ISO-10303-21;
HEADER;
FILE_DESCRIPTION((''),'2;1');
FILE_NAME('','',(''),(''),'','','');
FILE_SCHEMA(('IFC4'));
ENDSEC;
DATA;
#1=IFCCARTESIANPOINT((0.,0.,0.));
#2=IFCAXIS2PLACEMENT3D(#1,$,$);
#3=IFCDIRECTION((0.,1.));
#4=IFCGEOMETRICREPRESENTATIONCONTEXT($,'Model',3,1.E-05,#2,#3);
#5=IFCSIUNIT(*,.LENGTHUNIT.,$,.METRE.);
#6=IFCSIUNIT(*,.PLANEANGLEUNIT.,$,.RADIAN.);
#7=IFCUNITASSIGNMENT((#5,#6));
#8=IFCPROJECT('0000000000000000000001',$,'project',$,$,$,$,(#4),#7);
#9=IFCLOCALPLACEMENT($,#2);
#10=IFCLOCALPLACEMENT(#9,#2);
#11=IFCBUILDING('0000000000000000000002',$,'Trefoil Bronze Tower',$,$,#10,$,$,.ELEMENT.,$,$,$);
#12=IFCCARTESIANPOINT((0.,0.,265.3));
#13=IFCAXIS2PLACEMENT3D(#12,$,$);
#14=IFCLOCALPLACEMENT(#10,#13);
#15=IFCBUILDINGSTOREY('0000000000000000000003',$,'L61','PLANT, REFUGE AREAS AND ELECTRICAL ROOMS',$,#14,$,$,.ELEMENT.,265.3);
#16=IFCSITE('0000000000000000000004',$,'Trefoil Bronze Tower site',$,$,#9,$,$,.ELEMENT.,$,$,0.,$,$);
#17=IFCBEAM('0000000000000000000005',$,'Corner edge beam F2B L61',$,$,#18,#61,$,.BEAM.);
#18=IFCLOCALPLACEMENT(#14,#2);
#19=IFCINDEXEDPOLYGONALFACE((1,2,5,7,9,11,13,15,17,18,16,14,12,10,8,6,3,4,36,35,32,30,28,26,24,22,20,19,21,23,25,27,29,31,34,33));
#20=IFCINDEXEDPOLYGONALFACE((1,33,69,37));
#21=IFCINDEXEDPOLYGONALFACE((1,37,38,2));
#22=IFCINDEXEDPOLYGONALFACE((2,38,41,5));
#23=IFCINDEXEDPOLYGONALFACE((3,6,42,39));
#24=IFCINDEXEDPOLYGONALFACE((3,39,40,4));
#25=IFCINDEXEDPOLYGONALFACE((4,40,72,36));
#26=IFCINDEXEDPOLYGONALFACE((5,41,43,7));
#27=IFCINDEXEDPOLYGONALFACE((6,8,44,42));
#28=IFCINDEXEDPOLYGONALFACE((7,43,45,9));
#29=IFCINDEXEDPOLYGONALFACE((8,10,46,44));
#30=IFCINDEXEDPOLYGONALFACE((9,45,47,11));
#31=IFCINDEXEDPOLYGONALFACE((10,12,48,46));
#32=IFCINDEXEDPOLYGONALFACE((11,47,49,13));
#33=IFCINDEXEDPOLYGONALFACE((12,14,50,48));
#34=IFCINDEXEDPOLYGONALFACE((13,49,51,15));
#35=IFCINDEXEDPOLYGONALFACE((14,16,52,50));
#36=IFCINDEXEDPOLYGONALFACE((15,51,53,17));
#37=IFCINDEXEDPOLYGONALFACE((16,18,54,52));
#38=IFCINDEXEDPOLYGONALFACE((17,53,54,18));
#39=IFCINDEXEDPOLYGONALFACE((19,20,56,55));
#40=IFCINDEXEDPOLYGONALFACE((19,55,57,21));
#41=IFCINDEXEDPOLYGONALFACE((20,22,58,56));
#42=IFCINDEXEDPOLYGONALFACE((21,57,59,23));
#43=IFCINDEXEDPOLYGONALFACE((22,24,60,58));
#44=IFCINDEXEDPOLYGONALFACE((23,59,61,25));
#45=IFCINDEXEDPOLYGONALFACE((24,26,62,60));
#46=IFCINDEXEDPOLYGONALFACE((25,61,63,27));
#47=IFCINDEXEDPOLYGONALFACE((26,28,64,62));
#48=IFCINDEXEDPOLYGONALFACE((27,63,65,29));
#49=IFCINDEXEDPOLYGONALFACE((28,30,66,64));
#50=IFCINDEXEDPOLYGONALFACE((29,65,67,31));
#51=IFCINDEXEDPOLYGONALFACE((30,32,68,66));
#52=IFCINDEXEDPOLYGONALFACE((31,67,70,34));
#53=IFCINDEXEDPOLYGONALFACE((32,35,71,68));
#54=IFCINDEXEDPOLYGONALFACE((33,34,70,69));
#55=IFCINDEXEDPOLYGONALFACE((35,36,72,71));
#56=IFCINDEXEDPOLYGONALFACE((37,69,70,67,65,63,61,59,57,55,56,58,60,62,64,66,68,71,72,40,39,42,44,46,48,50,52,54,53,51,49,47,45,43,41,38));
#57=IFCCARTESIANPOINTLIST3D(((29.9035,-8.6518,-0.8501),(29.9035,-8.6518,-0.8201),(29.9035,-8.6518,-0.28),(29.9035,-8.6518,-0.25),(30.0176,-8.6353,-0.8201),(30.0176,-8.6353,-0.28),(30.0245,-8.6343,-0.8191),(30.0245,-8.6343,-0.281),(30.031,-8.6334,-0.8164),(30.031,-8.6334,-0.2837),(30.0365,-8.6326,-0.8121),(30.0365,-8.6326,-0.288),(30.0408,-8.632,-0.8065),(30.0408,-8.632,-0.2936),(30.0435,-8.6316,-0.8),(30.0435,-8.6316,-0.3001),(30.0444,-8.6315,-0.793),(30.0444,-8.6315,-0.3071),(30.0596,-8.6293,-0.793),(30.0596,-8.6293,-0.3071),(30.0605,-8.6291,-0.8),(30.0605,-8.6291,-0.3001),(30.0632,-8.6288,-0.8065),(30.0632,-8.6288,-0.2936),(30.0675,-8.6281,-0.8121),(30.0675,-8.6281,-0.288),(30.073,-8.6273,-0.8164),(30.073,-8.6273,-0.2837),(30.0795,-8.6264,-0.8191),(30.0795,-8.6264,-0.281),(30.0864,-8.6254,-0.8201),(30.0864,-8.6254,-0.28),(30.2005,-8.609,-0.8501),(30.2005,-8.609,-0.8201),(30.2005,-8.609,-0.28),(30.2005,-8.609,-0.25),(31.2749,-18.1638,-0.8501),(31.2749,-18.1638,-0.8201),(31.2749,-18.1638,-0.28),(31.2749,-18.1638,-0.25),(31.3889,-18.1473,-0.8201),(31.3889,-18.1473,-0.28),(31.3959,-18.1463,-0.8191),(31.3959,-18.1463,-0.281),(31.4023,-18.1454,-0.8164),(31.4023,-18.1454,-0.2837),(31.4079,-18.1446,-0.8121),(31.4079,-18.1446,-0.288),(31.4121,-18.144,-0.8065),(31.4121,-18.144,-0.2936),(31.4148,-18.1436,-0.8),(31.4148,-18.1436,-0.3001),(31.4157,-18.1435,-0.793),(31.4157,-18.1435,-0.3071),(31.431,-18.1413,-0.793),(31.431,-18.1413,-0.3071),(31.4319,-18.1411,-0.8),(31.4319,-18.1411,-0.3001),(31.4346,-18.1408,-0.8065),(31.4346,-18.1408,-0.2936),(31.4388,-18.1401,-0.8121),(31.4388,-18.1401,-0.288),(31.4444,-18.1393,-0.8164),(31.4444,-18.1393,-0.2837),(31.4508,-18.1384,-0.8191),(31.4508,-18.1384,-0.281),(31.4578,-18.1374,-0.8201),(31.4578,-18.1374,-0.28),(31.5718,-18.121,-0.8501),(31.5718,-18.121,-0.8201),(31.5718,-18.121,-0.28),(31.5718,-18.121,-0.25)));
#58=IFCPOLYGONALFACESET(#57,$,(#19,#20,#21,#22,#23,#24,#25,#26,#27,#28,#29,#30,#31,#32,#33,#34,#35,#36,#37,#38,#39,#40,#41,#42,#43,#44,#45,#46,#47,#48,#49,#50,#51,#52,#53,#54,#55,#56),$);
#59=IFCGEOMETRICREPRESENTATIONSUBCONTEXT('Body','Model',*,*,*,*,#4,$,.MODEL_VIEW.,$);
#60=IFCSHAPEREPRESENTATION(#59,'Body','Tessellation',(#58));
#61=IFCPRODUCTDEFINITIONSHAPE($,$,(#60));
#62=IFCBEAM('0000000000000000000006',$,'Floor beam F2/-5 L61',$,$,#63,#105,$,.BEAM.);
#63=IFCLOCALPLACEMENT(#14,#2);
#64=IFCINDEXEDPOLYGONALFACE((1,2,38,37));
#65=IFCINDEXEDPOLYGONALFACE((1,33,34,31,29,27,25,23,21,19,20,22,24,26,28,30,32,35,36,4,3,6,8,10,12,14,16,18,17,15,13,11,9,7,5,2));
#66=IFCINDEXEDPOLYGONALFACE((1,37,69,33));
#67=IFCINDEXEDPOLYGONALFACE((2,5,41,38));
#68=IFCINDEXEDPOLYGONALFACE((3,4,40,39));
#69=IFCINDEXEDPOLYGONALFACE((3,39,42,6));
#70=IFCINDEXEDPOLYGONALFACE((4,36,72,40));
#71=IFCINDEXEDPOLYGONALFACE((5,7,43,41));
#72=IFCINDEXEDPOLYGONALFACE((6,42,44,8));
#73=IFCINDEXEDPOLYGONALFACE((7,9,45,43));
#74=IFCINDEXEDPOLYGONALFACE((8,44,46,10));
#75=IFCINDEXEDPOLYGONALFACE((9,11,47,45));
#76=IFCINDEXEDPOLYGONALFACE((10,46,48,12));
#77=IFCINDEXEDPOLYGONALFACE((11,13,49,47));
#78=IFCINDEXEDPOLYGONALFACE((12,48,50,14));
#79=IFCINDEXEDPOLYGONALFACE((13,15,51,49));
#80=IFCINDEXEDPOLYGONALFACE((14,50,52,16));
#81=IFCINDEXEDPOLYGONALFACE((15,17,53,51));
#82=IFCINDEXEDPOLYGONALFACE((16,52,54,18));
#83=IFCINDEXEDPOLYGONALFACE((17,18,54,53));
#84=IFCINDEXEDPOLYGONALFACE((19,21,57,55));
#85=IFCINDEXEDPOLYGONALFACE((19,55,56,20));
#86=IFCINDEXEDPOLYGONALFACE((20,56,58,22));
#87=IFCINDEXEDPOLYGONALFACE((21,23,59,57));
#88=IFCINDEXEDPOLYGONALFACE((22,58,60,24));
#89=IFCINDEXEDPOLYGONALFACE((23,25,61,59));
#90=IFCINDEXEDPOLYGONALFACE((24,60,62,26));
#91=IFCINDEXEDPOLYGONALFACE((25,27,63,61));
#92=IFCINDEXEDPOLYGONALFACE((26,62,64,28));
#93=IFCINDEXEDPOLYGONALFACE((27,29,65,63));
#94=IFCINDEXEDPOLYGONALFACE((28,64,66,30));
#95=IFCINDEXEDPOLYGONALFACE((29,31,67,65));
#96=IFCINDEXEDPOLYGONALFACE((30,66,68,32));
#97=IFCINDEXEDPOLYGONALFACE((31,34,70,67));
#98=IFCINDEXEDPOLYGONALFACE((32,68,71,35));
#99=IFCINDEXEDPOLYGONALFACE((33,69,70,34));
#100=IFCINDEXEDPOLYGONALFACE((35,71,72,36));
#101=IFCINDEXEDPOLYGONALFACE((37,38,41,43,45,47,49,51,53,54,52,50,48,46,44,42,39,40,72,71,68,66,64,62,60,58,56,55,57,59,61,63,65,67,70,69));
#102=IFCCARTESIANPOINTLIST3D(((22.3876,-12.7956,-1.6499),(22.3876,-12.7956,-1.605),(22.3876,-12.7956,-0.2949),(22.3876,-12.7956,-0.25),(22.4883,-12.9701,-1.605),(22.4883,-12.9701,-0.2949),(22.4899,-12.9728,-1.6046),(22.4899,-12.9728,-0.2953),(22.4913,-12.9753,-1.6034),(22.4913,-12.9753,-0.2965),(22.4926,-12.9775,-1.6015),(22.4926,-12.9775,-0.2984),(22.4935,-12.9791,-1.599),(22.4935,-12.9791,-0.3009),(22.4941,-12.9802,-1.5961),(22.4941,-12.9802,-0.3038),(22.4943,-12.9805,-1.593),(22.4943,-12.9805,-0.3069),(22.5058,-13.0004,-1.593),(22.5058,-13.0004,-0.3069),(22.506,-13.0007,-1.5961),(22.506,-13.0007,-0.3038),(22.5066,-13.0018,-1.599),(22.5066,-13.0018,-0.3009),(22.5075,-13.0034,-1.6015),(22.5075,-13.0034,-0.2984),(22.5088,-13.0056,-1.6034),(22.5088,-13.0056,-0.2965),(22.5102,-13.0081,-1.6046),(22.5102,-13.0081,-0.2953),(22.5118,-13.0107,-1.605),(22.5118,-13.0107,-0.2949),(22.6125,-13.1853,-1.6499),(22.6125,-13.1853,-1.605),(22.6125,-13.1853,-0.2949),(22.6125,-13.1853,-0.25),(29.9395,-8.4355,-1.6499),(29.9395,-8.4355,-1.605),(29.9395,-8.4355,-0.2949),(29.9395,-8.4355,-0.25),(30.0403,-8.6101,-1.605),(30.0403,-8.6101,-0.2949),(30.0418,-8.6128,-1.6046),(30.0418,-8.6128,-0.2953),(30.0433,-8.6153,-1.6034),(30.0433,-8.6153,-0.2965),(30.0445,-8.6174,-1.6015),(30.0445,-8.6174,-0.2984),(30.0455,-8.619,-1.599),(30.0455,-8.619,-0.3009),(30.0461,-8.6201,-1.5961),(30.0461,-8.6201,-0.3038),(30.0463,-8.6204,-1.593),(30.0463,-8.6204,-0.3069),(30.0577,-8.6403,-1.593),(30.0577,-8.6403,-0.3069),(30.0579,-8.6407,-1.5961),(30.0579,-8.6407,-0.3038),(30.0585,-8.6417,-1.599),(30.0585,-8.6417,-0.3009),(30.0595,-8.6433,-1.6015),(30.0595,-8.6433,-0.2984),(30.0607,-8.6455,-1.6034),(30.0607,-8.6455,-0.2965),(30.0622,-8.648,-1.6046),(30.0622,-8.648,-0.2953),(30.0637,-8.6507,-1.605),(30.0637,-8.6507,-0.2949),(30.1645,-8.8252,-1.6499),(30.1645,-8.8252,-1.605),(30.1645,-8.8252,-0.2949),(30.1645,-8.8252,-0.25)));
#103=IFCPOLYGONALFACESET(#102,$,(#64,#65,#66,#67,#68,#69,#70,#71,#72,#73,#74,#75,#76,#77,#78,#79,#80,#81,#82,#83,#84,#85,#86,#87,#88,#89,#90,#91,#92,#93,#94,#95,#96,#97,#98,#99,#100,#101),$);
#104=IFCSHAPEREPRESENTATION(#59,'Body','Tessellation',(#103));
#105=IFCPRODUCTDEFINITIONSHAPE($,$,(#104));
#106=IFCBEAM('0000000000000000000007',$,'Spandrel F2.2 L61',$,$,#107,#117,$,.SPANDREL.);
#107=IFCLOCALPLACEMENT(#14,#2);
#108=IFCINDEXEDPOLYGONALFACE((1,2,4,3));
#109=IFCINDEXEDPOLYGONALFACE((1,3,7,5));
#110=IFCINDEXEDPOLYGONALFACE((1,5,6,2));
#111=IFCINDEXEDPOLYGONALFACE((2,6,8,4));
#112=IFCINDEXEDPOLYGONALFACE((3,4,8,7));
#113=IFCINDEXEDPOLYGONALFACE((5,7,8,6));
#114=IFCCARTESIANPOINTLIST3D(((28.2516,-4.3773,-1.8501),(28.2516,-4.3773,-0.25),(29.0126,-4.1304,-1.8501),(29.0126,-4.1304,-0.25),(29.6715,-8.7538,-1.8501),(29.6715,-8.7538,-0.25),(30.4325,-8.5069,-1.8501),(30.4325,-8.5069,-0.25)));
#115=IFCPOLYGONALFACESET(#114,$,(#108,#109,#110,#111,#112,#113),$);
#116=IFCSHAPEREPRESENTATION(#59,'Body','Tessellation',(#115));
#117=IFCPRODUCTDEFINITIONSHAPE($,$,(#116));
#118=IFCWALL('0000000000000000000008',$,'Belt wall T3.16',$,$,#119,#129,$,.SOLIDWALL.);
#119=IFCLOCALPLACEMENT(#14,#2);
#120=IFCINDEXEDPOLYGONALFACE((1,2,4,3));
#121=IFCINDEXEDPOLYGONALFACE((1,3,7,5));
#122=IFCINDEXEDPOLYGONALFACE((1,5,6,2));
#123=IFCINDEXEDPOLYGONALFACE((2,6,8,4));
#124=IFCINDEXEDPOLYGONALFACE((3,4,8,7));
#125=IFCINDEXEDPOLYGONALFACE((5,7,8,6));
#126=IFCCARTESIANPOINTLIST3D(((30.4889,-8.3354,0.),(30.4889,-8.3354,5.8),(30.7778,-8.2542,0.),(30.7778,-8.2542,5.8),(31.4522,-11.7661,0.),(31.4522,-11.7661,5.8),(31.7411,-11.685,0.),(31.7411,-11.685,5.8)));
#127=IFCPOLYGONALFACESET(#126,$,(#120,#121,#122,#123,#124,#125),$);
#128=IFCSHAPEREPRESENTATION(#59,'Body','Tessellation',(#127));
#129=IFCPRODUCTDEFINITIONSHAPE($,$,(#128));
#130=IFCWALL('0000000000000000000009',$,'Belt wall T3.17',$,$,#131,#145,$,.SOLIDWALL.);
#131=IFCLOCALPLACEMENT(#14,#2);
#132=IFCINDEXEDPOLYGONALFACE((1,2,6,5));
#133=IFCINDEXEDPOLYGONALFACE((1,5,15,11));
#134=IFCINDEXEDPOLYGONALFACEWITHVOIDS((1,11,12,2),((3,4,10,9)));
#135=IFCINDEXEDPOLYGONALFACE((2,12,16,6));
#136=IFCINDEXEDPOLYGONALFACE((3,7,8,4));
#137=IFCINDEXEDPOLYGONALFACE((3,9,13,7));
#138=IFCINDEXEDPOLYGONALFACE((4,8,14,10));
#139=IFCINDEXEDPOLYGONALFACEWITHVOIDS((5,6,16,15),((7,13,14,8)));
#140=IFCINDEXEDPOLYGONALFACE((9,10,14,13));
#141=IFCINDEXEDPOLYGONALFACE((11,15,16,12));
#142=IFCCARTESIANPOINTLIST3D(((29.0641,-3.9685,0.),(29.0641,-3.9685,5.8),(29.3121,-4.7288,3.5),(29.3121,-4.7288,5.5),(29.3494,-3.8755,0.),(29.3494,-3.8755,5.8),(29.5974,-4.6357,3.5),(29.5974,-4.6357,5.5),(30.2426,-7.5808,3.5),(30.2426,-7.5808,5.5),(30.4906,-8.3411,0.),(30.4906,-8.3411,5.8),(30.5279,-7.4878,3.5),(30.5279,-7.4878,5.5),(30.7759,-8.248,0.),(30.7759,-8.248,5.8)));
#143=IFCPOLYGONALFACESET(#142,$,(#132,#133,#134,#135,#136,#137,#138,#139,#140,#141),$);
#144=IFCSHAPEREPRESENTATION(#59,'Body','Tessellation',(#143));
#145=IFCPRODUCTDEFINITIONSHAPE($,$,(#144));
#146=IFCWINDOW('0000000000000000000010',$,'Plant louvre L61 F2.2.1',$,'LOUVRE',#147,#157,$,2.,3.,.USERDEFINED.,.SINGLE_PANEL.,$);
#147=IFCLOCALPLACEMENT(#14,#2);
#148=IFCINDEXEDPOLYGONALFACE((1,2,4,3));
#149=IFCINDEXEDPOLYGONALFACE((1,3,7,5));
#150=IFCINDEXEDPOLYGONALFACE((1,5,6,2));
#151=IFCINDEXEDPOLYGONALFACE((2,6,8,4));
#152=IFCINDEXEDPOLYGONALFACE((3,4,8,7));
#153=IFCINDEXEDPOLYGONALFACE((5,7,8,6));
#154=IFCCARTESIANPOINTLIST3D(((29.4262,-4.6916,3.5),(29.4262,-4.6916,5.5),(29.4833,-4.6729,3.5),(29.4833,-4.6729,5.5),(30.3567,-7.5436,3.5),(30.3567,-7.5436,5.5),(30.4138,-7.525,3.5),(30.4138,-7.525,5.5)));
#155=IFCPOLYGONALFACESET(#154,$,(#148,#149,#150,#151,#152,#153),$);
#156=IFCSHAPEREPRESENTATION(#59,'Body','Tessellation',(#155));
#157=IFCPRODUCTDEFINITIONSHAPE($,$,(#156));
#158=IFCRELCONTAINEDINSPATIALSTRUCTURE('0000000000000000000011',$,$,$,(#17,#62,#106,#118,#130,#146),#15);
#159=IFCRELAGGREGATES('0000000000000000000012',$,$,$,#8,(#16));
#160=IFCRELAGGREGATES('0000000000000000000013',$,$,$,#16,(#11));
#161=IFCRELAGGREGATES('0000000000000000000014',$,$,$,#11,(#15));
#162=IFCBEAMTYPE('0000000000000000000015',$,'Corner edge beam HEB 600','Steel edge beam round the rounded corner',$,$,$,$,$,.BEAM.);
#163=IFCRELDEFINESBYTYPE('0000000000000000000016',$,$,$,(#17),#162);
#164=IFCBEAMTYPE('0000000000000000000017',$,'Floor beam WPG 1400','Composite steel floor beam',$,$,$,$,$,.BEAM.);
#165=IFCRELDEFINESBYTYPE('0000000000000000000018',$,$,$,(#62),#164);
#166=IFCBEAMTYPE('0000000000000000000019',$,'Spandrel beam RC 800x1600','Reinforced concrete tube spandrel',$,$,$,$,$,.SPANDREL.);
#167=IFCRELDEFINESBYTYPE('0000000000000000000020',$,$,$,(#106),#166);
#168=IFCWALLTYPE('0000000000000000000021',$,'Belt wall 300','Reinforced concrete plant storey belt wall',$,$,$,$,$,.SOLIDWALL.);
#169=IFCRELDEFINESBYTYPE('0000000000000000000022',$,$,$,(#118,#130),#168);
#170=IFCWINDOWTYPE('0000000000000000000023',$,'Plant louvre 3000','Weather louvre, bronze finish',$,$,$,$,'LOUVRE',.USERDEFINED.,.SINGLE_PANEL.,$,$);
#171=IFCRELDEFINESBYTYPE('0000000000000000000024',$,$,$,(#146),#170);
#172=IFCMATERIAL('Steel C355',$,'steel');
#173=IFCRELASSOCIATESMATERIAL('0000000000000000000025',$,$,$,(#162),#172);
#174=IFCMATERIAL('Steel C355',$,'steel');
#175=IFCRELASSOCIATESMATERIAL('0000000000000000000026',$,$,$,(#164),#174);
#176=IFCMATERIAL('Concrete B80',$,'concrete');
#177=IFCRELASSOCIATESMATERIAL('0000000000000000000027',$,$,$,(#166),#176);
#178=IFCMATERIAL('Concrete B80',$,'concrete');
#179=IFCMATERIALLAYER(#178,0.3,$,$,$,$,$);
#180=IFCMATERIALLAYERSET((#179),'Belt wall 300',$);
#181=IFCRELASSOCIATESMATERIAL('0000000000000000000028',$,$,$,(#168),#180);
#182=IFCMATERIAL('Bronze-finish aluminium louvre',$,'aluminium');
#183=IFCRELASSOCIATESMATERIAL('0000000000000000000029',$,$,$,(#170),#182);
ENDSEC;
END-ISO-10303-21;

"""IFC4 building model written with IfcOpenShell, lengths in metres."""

from ifc_helpers import new_model, si_unit, direction, frame, frame_2d, origin, origin_2d, place, context, subcontext, project, spatial, rectangle, i_section, extrude, material, layer, layer_set, material_profile, profile_set, type_object, element, fill, save


model = new_model("IFC4")

# Units and contexts
model_context = context("Model", 3, precision=1e-05, world=origin(), true_north=direction((0.0, 1.0)))
body_context = subcontext(model_context, "Body", "Model", "MODEL_VIEW")
ifc_project = project(units=[si_unit("LENGTHUNIT", "METRE"), si_unit("PLANEANGLEUNIT", "RADIAN")], contexts=[model_context])

# Site, building, storey
site_placement = place(None, origin())
site = spatial("IfcSite", under=ifc_project, at=site_placement, Name="Trefoil Bronze Tower site", CompositionType="ELEMENT", RefElevation=0.0)
building_placement = place(site_placement, origin())
building = spatial("IfcBuilding", under=site, at=building_placement, Name="Trefoil Bronze Tower", CompositionType="ELEMENT")
storey_placement = place(building_placement, frame((0.0, 0.0, 265.3)))
storey = spatial("IfcBuildingStorey", under=building, at=storey_placement, Name="L61", Description="PLANT, REFUGE AREAS AND ELECTRICAL ROOMS", CompositionType="ELEMENT", Elevation=265.3)

# Beams
ifc_material_1 = material(Name="Steel C355", Category="steel")
ifc_material_profile_1 = material_profile(ifc_material_1, i_section(OverallWidth=0.3, OverallDepth=0.6001, WebThickness=0.0154, FlangeThickness=0.03, FilletRadius=0.0271, at=origin_2d()), Name="HEB 600")
ifc_profile_set_1 = profile_set([ifc_material_profile_1], Name="Steel C355")
beam_type_1 = type_object("IfcBeamType", Name="Corner edge beam HEB 600", Description="Steel edge beam round the rounded corner", PredefinedType="BEAM", material=ifc_profile_set_1)
beam_1_placement = place(storey_placement, frame((30.052, -8.6304, -0.55), z_axis=(0.142694, -0.989767, 0.0), x_axis=(0.989767, 0.142694, 0.0)))
element("IfcBeam", 1, at=beam_1_placement, inside=storey, type_object=beam_type_1, Name="Corner edge beam F2B L61", PredefinedType="BEAM", context=body_context, shape_type="SweptSolid", body=[
    extrude(i_section(OverallWidth=0.3, OverallDepth=0.6001, WebThickness=0.0154, FlangeThickness=0.03, FilletRadius=0.0271, at=origin_2d()), origin(), (0.0, 0.0, 1.0), 9.6104),
])
ifc_material_2 = material(Name="Steel C355", Category="steel")
ifc_material_profile_2 = material_profile(ifc_material_2, i_section(OverallWidth=0.45, OverallDepth=1.3999, WebThickness=0.0229, FlangeThickness=0.0449, FilletRadius=0.012, at=origin_2d()), Name="WPG 1400")
ifc_profile_set_2 = profile_set([ifc_material_profile_2], Name="Steel C355")
beam_type_2 = type_object("IfcBeamType", Name="Floor beam WPG 1400", Description="Composite steel floor beam", PredefinedType="BEAM", material=ifc_profile_set_2)
beam_2_placement = place(storey_placement, frame((30.052, -8.6304, -0.95), z_axis=(-0.866028, -0.499996, 0.0), x_axis=(0.499996, -0.866028, 0.0)))
element("IfcBeam", 2, at=beam_2_placement, inside=storey, type_object=beam_type_2, Name="Floor beam F2/-5 L61", PredefinedType="BEAM", context=body_context, shape_type="SweptSolid", body=[
    extrude(i_section(OverallWidth=0.45, OverallDepth=1.3999, WebThickness=0.0229, FlangeThickness=0.0449, FilletRadius=0.012, at=origin_2d()), origin(), (0.0, 0.0, 1.0), 8.7202),
])
ifc_material_3 = material(Name="Concrete B80", Category="concrete")
ifc_material_profile_3 = material_profile(ifc_material_3, rectangle(XDim=0.8, YDim=1.6001, at=origin_2d()), Name="RC 800x1600")
ifc_profile_set_3 = profile_set([ifc_material_profile_3], Name="Concrete B80")
beam_type_3 = type_object("IfcBeamType", Name="Spandrel beam RC 800x1600", Description="Reinforced concrete tube spandrel", PredefinedType="SPANDREL", material=ifc_profile_set_3)
beam_3_placement = place(storey_placement, frame((30.052, -8.6304, -1.05), z_axis=(-0.308609, 0.951189, 0.0), x_axis=(-0.951189, -0.308609, 0.0)))
element("IfcBeam", 3, at=beam_3_placement, inside=storey, type_object=beam_type_3, Name="Spandrel F2.2 L61", PredefinedType="SPANDREL", context=body_context, shape_type="SweptSolid", body=[
    extrude(rectangle(XDim=0.8, YDim=1.6001, at=origin_2d()), origin(), (0.0, 0.0, 1.0), 4.6011),
])

# Wall
ifc_material_4 = material(Name="Concrete B80", Category="concrete")
ifc_layer_1 = layer(ifc_material_4, 0.3)
ifc_layer_set_1 = layer_set([ifc_layer_1], Name="Belt wall 300")
wall_type = type_object("IfcWallType", Name="Belt wall 300", Description="Reinforced concrete plant storey belt wall", PredefinedType="SOLIDWALL", material=ifc_layer_set_1)
wall_1_placement = place(storey_placement, frame((31.5967, -11.7256, 0.0), z_axis=(0.0, 0.0, 1.0), x_axis=(-0.270339, 0.962765, 0.0)))
element("IfcWall", 4, at=wall_1_placement, inside=storey, type_object=wall_type, Name="Belt wall T3.16", PredefinedType="SOLIDWALL", context=body_context, shape_type="SweptSolid", body=[
    extrude(rectangle(XDim=3.5635, YDim=0.3, at=frame_2d((1.7817, 0.0))), origin(), (0.0, 0.0, 1.0), 5.8),
])

# Wall, opening, window
wall_2_placement = place(storey_placement, frame((30.6333, -8.2947, 0.0), z_axis=(0.0, 0.0, 1.0), x_axis=(-0.310154, 0.950686, 0.0)))
wall_2 = element("IfcWall", 5, at=wall_2_placement, inside=storey, type_object=wall_type, Name="Belt wall T3.17", PredefinedType="SOLIDWALL", context=body_context, shape_type="SweptSolid", body=[
    extrude(rectangle(XDim=4.5994, YDim=0.3, at=frame_2d((2.2998, 0.0))), origin(), (0.0, 0.0, 1.0), 5.8),
])
opening_1_placement = place(wall_2_placement, frame((0.7998, 0.0, 3.5)))
opening_1 = element("IfcOpeningElement", 6, at=opening_1_placement, cuts=wall_2, PredefinedType="OPENING", context=body_context, shape_type="SweptSolid", body=[
    extrude(rectangle(XDim=3.0, YDim=2.0, at=frame_2d((1.5, 1.0))), frame((0.0, 0.1599, 0.0), z_axis=(0.0, -1.0, 0.0), x_axis=(1.0, 0.0, 0.0)), (0.0, 0.0, 1.0), 0.3201),
])
ifc_material_5 = material(Name="Bronze-finish aluminium louvre", Category="aluminium")
window_type = type_object("IfcWindowType", Name="Plant louvre 3000", Description="Weather louvre, bronze finish", ElementType="LOUVRE", PartitioningType="SINGLE_PANEL", PredefinedType="USERDEFINED", material=ifc_material_5)
window_1_placement = place(opening_1_placement, origin())
window_1 = element("IfcWindow", 7, at=window_1_placement, inside=storey, type_object=window_type, Name="Plant louvre L61 F2.2.1", ObjectType="LOUVRE", OverallHeight=2.0, OverallWidth=3.0, PartitioningType="SINGLE_PANEL", PredefinedType="USERDEFINED", context=body_context, shape_type="SweptSolid", body=[
    extrude(rectangle(XDim=3.0, YDim=2.0, at=frame_2d((1.5, 1.0))), frame((0.0, 0.03, 0.0), z_axis=(0.0, -1.0, 0.0), x_axis=(1.0, 0.0, 0.0)), (0.0, 0.0, 1.0), 0.0601),
])
fill(opening_1, window_1)

save(model, "model.ifc")
